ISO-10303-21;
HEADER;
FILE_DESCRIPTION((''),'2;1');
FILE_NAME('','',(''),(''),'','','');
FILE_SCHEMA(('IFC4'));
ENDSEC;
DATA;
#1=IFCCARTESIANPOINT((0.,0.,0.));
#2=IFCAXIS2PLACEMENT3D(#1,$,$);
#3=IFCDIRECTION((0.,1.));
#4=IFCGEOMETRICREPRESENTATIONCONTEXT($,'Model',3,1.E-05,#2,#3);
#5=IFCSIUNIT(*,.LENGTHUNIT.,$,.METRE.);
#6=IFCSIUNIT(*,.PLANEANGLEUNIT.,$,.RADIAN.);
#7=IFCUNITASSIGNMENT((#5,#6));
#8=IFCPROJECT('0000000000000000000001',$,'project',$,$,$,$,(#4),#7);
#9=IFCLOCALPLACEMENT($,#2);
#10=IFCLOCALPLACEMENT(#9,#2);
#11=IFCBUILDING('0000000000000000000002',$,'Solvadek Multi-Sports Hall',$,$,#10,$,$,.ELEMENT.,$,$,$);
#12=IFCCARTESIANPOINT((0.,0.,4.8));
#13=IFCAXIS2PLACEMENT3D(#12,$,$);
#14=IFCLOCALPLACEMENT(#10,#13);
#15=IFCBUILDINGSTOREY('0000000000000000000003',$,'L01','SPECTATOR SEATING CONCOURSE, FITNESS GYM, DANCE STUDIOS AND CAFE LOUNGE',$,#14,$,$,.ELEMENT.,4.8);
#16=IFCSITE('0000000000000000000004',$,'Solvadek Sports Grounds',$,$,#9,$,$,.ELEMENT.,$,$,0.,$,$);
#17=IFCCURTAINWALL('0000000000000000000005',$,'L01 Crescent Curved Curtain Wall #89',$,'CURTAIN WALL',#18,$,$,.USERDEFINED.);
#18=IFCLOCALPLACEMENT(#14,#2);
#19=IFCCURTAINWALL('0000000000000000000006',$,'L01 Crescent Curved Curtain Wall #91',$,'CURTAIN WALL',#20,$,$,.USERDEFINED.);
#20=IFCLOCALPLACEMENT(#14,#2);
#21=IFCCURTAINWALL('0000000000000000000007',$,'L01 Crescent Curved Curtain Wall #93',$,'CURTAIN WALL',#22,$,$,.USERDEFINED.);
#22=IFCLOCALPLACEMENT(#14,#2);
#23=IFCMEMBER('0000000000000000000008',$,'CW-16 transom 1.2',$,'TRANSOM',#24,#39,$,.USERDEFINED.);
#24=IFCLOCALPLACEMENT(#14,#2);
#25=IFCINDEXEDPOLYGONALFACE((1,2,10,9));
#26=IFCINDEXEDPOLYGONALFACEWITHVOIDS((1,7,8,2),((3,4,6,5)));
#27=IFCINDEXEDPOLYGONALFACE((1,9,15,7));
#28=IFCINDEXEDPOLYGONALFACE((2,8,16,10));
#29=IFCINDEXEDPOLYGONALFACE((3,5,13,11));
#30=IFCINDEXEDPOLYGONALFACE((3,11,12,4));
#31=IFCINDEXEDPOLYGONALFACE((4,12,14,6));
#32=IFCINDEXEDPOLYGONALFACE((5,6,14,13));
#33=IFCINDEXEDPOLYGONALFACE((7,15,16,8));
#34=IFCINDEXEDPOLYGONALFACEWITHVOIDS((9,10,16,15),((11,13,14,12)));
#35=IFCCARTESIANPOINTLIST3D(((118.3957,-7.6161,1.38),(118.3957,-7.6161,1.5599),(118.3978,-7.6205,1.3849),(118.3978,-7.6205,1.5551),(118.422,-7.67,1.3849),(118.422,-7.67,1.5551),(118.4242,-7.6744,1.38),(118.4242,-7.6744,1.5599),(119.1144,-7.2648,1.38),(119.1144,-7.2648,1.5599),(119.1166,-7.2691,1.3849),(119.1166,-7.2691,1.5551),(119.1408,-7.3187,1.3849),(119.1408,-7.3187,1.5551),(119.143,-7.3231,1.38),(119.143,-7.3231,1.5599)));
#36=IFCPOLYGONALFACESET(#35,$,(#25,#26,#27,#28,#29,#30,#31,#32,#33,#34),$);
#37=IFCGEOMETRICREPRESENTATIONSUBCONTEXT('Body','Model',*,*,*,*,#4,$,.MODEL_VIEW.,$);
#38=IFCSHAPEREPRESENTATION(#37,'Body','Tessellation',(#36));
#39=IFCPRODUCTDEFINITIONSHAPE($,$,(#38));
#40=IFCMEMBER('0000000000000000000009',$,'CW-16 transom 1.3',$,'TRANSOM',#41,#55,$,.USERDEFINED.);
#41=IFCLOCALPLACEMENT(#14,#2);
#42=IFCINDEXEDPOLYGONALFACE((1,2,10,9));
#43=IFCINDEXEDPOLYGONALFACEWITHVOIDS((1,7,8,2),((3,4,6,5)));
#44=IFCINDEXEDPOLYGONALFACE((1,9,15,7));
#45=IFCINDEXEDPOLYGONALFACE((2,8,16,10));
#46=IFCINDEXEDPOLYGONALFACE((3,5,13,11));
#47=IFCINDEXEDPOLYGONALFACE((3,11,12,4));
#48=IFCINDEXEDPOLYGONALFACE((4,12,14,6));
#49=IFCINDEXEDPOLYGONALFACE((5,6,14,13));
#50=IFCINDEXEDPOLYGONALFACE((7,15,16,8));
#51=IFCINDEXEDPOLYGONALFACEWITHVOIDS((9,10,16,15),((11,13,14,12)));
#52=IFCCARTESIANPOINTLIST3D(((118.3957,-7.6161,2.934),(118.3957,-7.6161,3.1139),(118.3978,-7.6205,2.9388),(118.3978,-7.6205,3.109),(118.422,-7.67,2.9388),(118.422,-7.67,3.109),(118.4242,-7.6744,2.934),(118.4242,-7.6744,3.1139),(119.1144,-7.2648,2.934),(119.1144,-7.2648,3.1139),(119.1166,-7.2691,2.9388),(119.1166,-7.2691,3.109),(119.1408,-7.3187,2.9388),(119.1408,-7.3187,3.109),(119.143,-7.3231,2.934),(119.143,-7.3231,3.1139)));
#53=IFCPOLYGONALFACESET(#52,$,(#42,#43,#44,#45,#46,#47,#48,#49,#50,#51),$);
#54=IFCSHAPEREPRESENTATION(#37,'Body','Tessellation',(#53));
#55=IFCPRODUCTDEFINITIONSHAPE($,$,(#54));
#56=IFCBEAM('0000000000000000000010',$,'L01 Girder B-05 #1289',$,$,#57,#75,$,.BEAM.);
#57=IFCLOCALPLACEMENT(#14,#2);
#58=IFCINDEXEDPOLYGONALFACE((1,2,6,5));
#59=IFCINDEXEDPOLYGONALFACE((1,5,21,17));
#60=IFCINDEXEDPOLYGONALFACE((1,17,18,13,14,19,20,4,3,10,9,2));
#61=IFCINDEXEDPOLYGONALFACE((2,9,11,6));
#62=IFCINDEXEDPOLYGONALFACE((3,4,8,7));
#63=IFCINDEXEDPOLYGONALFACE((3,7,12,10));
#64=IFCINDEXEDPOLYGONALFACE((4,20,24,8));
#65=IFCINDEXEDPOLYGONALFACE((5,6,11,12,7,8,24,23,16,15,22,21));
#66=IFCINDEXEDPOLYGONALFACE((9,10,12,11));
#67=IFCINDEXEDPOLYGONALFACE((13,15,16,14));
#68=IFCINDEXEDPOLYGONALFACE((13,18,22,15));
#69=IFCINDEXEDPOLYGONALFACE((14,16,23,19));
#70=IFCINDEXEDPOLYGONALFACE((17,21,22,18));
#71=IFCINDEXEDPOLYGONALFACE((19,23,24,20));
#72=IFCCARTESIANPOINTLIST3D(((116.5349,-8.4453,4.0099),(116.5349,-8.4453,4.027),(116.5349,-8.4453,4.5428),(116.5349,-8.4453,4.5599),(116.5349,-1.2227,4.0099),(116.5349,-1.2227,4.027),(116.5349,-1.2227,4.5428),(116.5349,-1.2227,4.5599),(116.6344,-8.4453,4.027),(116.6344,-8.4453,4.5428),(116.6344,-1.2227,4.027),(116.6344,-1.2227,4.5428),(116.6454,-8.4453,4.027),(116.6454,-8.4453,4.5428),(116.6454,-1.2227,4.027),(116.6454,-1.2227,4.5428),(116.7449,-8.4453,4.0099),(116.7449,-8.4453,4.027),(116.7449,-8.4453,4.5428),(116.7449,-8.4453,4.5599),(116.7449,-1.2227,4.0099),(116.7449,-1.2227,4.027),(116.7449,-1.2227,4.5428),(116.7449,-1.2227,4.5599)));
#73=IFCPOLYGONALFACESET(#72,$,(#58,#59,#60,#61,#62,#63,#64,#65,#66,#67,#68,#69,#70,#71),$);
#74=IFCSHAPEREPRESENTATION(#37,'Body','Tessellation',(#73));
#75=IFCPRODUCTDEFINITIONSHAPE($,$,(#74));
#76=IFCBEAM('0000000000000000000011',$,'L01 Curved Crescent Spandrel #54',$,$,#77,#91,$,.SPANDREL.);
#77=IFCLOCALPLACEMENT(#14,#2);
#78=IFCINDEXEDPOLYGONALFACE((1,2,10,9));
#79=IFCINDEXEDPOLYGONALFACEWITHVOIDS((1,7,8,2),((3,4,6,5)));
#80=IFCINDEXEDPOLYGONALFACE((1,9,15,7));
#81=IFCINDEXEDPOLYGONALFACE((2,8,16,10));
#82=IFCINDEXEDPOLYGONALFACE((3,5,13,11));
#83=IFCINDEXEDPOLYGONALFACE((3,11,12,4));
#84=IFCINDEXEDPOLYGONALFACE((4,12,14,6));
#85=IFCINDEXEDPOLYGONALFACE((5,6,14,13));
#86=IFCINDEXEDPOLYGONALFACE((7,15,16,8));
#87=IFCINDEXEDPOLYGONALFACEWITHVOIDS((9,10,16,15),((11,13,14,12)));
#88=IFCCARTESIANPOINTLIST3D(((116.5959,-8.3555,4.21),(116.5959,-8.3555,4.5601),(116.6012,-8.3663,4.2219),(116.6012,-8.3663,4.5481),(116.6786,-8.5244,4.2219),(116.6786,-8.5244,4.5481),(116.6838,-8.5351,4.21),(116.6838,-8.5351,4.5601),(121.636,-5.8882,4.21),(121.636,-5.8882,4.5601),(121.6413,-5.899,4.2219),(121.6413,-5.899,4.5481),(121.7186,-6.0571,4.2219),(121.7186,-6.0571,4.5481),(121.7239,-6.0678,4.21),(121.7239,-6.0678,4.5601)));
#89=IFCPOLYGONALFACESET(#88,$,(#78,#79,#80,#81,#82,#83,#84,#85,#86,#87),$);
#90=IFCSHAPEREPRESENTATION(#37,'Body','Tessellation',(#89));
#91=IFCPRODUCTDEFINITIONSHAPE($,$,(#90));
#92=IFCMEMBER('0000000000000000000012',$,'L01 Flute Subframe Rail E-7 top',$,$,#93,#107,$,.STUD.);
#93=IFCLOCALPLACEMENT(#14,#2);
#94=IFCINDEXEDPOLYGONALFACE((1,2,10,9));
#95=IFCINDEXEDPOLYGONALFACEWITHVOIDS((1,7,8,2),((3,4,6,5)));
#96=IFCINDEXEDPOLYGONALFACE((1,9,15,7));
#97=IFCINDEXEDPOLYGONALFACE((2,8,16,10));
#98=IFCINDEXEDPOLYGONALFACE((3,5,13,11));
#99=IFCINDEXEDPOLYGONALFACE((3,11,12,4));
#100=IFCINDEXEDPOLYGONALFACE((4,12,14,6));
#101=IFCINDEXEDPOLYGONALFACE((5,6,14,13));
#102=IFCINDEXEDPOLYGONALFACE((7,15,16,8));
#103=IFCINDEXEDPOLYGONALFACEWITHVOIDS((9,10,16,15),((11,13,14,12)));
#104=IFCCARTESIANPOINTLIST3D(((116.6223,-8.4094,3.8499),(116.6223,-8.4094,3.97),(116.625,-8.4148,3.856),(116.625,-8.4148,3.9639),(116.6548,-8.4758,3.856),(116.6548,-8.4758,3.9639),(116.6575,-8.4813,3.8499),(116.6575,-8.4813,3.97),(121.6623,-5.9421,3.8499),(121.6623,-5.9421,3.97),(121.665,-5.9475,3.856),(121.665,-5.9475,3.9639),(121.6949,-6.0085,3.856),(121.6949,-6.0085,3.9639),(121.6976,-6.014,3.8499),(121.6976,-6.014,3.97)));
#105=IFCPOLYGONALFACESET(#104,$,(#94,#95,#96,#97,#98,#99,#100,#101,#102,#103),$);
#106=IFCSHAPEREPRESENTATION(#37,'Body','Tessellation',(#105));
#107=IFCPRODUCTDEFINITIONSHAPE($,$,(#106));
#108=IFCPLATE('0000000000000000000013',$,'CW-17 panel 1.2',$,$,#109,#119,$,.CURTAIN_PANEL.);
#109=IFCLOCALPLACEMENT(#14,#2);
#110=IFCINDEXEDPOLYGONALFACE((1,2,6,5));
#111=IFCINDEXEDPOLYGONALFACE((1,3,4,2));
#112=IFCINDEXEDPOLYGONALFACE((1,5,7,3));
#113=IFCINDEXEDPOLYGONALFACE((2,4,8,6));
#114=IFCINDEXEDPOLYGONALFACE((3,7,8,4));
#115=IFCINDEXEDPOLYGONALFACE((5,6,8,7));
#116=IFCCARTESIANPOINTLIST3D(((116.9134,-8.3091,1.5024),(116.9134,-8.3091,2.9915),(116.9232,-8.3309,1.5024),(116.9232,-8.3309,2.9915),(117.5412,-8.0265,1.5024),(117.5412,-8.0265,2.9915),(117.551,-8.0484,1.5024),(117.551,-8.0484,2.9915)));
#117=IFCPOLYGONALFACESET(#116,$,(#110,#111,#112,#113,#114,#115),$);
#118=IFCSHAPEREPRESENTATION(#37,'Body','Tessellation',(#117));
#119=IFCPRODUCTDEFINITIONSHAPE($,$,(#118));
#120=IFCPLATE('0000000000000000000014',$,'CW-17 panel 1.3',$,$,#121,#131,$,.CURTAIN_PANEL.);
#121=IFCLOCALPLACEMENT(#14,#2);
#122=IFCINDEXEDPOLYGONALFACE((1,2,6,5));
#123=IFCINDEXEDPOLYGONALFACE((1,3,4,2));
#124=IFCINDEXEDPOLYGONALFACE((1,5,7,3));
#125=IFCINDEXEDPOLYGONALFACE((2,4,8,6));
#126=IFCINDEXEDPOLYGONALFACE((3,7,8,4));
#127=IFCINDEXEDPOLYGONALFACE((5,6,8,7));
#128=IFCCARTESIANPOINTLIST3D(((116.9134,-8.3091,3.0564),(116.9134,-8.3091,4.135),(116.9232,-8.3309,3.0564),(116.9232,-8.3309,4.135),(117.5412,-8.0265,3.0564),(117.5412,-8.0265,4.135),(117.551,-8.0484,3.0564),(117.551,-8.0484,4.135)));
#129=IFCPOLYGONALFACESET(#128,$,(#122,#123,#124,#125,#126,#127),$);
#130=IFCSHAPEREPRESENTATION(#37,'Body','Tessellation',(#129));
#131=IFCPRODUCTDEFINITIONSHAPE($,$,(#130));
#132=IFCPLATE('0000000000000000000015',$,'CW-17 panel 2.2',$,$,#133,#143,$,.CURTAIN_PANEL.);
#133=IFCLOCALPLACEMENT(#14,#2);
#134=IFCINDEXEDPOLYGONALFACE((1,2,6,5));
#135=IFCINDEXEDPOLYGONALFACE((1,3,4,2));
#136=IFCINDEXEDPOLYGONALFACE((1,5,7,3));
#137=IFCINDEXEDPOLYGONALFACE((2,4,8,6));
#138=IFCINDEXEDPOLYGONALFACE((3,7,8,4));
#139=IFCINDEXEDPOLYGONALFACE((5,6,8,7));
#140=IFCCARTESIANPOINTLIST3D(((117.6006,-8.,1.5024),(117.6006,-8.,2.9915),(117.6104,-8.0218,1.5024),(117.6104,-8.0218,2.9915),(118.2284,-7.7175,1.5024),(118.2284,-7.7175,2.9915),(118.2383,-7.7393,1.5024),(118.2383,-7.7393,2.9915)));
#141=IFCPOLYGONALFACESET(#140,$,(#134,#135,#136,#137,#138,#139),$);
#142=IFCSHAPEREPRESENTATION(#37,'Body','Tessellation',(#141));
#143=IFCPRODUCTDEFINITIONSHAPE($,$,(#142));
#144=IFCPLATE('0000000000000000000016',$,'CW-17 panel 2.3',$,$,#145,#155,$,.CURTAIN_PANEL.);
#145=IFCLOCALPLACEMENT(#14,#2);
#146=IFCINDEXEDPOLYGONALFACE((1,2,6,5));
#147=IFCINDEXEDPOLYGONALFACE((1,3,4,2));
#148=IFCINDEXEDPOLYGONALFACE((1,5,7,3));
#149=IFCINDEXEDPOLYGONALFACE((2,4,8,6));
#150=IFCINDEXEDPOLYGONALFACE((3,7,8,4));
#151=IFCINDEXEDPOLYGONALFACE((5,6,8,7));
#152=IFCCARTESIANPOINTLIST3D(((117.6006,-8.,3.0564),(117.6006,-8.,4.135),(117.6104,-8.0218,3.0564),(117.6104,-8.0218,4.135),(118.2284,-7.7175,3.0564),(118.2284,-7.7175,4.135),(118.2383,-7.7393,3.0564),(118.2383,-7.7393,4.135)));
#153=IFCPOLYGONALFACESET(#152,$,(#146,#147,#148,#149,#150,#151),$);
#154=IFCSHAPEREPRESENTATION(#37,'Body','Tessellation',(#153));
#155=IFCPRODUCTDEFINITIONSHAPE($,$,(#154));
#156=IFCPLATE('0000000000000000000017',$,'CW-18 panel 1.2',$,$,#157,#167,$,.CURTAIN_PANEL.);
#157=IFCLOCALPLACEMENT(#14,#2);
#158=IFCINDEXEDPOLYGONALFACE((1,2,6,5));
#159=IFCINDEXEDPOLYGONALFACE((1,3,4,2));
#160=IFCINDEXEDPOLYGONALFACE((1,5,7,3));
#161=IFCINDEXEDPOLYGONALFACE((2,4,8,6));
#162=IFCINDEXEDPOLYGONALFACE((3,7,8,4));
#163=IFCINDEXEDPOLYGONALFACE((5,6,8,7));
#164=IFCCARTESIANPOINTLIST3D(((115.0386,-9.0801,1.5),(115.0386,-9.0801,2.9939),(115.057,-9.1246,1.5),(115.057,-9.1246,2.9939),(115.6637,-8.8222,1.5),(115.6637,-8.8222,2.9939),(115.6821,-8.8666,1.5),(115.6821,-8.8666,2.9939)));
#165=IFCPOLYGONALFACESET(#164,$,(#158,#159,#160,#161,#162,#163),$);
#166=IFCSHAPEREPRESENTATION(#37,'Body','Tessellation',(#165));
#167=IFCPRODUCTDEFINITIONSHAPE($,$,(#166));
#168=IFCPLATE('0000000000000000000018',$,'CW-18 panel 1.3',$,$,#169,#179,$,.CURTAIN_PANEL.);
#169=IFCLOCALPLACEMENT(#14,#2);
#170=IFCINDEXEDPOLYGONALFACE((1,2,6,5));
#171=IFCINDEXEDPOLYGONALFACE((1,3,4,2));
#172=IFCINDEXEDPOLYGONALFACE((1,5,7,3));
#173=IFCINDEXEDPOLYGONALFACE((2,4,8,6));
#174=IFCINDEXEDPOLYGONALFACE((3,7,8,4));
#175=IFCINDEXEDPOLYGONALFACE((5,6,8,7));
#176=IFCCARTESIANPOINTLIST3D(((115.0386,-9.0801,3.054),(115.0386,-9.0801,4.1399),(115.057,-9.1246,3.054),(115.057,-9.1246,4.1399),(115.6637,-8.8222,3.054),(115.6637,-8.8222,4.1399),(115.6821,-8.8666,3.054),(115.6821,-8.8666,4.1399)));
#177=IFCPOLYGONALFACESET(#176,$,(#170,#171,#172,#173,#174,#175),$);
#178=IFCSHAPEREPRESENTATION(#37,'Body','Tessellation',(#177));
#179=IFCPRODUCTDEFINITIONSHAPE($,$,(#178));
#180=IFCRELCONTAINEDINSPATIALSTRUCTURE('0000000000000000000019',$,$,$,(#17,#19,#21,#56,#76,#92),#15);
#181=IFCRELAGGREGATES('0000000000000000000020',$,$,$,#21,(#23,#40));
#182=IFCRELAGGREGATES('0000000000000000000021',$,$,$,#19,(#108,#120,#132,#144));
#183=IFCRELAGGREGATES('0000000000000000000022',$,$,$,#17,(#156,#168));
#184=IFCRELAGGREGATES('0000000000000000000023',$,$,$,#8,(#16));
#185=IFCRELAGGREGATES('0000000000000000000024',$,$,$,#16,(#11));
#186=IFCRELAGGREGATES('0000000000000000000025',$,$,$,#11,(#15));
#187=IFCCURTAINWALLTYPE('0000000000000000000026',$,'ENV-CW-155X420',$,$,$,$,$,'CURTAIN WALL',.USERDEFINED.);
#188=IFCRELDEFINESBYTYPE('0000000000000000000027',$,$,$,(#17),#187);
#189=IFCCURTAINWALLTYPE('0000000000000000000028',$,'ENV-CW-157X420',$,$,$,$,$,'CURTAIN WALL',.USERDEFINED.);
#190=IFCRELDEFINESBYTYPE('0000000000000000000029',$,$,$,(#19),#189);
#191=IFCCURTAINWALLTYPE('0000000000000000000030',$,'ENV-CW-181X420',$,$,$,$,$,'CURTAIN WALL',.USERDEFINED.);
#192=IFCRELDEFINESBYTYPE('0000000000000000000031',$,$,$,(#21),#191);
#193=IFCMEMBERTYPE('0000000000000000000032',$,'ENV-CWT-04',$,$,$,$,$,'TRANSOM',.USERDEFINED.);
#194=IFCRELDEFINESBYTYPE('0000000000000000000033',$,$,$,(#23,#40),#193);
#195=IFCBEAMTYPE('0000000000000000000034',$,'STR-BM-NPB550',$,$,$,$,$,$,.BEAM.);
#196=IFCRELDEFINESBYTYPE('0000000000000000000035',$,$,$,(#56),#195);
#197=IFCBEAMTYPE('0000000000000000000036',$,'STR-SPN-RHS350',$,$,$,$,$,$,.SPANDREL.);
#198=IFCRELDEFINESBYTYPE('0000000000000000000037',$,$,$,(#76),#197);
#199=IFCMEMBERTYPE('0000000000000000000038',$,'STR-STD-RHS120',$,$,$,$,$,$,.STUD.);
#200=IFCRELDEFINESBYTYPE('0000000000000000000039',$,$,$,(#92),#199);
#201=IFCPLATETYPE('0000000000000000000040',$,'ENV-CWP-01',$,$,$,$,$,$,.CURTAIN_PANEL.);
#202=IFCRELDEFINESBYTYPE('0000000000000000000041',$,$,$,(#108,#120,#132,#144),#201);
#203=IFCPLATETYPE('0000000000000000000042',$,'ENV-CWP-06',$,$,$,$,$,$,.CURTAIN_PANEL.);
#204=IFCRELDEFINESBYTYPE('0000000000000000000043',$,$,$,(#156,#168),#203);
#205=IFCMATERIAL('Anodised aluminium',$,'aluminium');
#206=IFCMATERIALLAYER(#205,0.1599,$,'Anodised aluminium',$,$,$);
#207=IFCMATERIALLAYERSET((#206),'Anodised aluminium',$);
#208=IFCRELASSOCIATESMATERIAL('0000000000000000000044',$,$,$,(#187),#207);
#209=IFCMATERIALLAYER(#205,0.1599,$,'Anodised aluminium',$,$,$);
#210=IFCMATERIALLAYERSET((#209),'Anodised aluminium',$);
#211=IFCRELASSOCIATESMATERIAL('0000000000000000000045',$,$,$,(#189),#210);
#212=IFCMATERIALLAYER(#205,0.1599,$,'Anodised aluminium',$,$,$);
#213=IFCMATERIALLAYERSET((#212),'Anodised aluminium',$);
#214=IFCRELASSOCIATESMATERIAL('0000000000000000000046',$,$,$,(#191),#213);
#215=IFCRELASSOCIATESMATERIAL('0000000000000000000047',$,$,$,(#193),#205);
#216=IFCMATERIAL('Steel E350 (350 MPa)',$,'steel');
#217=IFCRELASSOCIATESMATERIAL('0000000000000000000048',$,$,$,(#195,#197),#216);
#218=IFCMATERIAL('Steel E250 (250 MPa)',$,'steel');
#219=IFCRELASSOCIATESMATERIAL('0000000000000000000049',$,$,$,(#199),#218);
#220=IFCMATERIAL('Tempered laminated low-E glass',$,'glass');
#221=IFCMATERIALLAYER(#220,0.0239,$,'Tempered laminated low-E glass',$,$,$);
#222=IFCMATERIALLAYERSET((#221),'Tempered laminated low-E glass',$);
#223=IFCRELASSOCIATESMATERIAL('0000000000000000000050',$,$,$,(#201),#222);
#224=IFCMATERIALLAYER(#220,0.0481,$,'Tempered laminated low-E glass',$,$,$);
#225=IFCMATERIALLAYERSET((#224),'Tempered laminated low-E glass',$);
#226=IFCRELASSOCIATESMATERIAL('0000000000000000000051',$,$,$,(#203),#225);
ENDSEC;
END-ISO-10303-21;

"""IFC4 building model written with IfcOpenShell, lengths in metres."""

from ifc_helpers import new_model, si_unit, direction, frame, origin, origin_2d, place, context, subcontext, project, spatial, rectangle, hollow_rectangle, i_section, extrude, material, layer, layer_set, material_profile, profile_set, type_object, element, aggregate, save


model = new_model("IFC4")

# Units and contexts
model_context = context("Model", 3, precision=1e-05, world=origin(), true_north=direction((0.0, 1.0)))
body_context = subcontext(model_context, "Body", "Model", "MODEL_VIEW")
ifc_project = project(units=[si_unit("LENGTHUNIT", "METRE"), si_unit("PLANEANGLEUNIT", "RADIAN")], contexts=[model_context])

# Site, building, storey
site_placement = place(None, origin())
site = spatial("IfcSite", under=ifc_project, at=site_placement, Name="Solvadek Sports Grounds", CompositionType="ELEMENT", RefElevation=0.0)
building_placement = place(site_placement, origin())
building = spatial("IfcBuilding", under=site, at=building_placement, Name="Solvadek Multi-Sports Hall", CompositionType="ELEMENT")
storey_placement = place(building_placement, frame((0.0, 0.0, 4.8)))
storey = spatial("IfcBuildingStorey", under=building, at=storey_placement, Name="L01", Description="SPECTATOR SEATING CONCOURSE, FITNESS GYM, DANCE STUDIOS AND CAFE LOUNGE", CompositionType="ELEMENT", Elevation=4.8)

# Curtain walls, members
ifc_material_1 = material(Name="Anodised aluminium", Category="aluminium")
ifc_layer_1 = layer(ifc_material_1, 0.1599, Name="Anodised aluminium")
ifc_layer_set_1 = layer_set([ifc_layer_1], Name="Anodised aluminium")
curtain_wall_type_1 = type_object("IfcCurtainWallType", Name="ENV-CW-155X420", ElementType="CURTAIN WALL", PredefinedType="USERDEFINED", material=ifc_layer_set_1)
curtain_wall_1_placement = place(storey_placement, origin())
curtain_wall_1 = element("IfcCurtainWall", 1, at=curtain_wall_1_placement, inside=storey, type_object=curtain_wall_type_1, Name="L01 Crescent Curved Curtain Wall #89", ObjectType="CURTAIN WALL", PredefinedType="USERDEFINED")
ifc_layer_2 = layer(ifc_material_1, 0.1599, Name="Anodised aluminium")
ifc_layer_set_2 = layer_set([ifc_layer_2], Name="Anodised aluminium")
curtain_wall_type_2 = type_object("IfcCurtainWallType", Name="ENV-CW-157X420", ElementType="CURTAIN WALL", PredefinedType="USERDEFINED", material=ifc_layer_set_2)
curtain_wall_2_placement = place(storey_placement, origin())
curtain_wall_2 = element("IfcCurtainWall", 2, at=curtain_wall_2_placement, inside=storey, type_object=curtain_wall_type_2, Name="L01 Crescent Curved Curtain Wall #91", ObjectType="CURTAIN WALL", PredefinedType="USERDEFINED")
ifc_layer_3 = layer(ifc_material_1, 0.1599, Name="Anodised aluminium")
ifc_layer_set_3 = layer_set([ifc_layer_3], Name="Anodised aluminium")
curtain_wall_type_3 = type_object("IfcCurtainWallType", Name="ENV-CW-181X420", ElementType="CURTAIN WALL", PredefinedType="USERDEFINED", material=ifc_layer_set_3)
curtain_wall_3_placement = place(storey_placement, origin())
curtain_wall_3 = element("IfcCurtainWall", 3, at=curtain_wall_3_placement, inside=storey, type_object=curtain_wall_type_3, Name="L01 Crescent Curved Curtain Wall #93", ObjectType="CURTAIN WALL", PredefinedType="USERDEFINED")
ifc_material_profile_1 = material_profile(ifc_material_1, hollow_rectangle(XDim=0.0649, YDim=0.1799, WallThickness=0.0049, at=origin_2d()), Name="ALU-T 180x65x5")
ifc_profile_set_1 = profile_set([ifc_material_profile_1], Name="Anodised aluminium")
member_type_1 = type_object("IfcMemberType", Name="ENV-CWT-04", ElementType="TRANSOM", PredefinedType="USERDEFINED", material=ifc_profile_set_1)
member_1_placement = place(storey_placement, frame((118.4099, -7.6453, 1.47), z_axis=(0.898419, 0.439139, 0.0), x_axis=(-0.439139, 0.898419, 0.0)))
member_1 = element("IfcMember", 4, at=member_1_placement, type_object=member_type_1, Name="CW-16 transom 1.2", ObjectType="TRANSOM", PredefinedType="USERDEFINED", context=body_context, shape_type="SweptSolid", body=[
    extrude(hollow_rectangle(XDim=0.0649, YDim=0.1799, WallThickness=0.0049, at=origin_2d()), origin(), (0.0, 0.0, 1.0), 0.8),
])
member_2_placement = place(storey_placement, frame((118.4099, -7.6453, 3.0239), z_axis=(0.898419, 0.439139, 0.0), x_axis=(-0.439139, 0.898419, 0.0)))
member_2 = element("IfcMember", 5, at=member_2_placement, type_object=member_type_1, Name="CW-16 transom 1.3", ObjectType="TRANSOM", PredefinedType="USERDEFINED", context=body_context, shape_type="SweptSolid", body=[
    extrude(hollow_rectangle(XDim=0.0649, YDim=0.1799, WallThickness=0.0049, at=origin_2d()), origin(), (0.0, 0.0, 1.0), 0.8),
])
aggregate(curtain_wall_3, [member_1, member_2])

# Beams
ifc_material_2 = material(Name="Steel E350 (350 MPa)", Category="steel")
ifc_material_profile_2 = material_profile(ifc_material_2, i_section(OverallWidth=0.21, OverallDepth=0.55, WebThickness=0.011, FlangeThickness=0.0171, at=origin_2d()), Name="NPB 550")
ifc_profile_set_2 = profile_set([ifc_material_profile_2], Name="Steel E350 (350 MPa)")
beam_type_1 = type_object("IfcBeamType", Name="STR-BM-NPB550", PredefinedType="BEAM", material=ifc_profile_set_2)
beam_1_placement = place(storey_placement, frame((116.6399, -8.4453, 4.2849), z_axis=(0.0, 1.0, 0.0), x_axis=(-1.0, 0.0, 0.0)))
element("IfcBeam", 6, at=beam_1_placement, inside=storey, type_object=beam_type_1, Name="L01 Girder B-05 #1289", PredefinedType="BEAM", context=body_context, shape_type="SweptSolid", body=[
    extrude(i_section(OverallWidth=0.21, OverallDepth=0.55, WebThickness=0.011, FlangeThickness=0.0171, at=origin_2d()), origin(), (0.0, 0.0, 1.0), 7.2227),
])
ifc_material_profile_3 = material_profile(ifc_material_2, hollow_rectangle(XDim=0.2, YDim=0.3501, WallThickness=0.012, at=origin_2d()), Name="RHS 350x200x12")
ifc_profile_set_3 = profile_set([ifc_material_profile_3], Name="Steel E350 (350 MPa)")
beam_type_2 = type_object("IfcBeamType", Name="STR-SPN-RHS350", PredefinedType="SPANDREL", material=ifc_profile_set_3)
beam_2_placement = place(storey_placement, frame((116.6399, -8.4453, 4.385), z_axis=(0.898155, 0.43968, 0.0), x_axis=(-0.43968, 0.898155, 0.0)))
element("IfcBeam", 7, at=beam_2_placement, inside=storey, type_object=beam_type_2, Name="L01 Curved Crescent Spandrel #54", PredefinedType="SPANDREL", context=body_context, shape_type="SweptSolid", body=[
    extrude(hollow_rectangle(XDim=0.2, YDim=0.3501, WallThickness=0.012, at=origin_2d()), origin(), (0.0, 0.0, 1.0), 5.6116),
])

# Member
ifc_material_3 = material(Name="Steel E250 (250 MPa)", Category="steel")
ifc_material_profile_4 = material_profile(ifc_material_3, hollow_rectangle(XDim=0.0801, YDim=0.1201, WallThickness=0.0061, at=origin_2d()), Name="RHS 120x80x6")
ifc_profile_set_4 = profile_set([ifc_material_profile_4], Name="Steel E250 (250 MPa)")
member_type_2 = type_object("IfcMemberType", Name="STR-STD-RHS120", PredefinedType="STUD", material=ifc_profile_set_4)
member_3_placement = place(storey_placement, frame((116.6399, -8.4453, 3.9099), z_axis=(0.898155, 0.43968, 0.0), x_axis=(-0.43968, 0.898155, 0.0)))
element("IfcMember", 8, at=member_3_placement, inside=storey, type_object=member_type_2, Name="L01 Flute Subframe Rail E-7 top", PredefinedType="STUD", context=body_context, shape_type="SweptSolid", body=[
    extrude(hollow_rectangle(XDim=0.0801, YDim=0.1201, WallThickness=0.0061, at=origin_2d()), origin(), (0.0, 0.0, 1.0), 5.6116),
])

# Plates
ifc_material_4 = material(Name="Tempered laminated low-E glass", Category="glass")
ifc_layer_4 = layer(ifc_material_4, 0.0239, Name="Tempered laminated low-E glass")
ifc_layer_set_4 = layer_set([ifc_layer_4], Name="Tempered laminated low-E glass")
plate_type_1 = type_object("IfcPlateType", Name="ENV-CWP-01", PredefinedType="CURTAIN_PANEL", material=ifc_layer_set_4)
plate_1_placement = place(storey_placement, frame((117.2322, -8.1787, 1.5024), z_axis=(0.0, 0.0, 1.0), x_axis=(0.911913, 0.410383, 0.0)))
plate_1 = element("IfcPlate", 9, at=plate_1_placement, type_object=plate_type_1, Name="CW-17 panel 1.2", PredefinedType="CURTAIN_PANEL", context=body_context, shape_type="SweptSolid", body=[
    extrude(rectangle(XDim=0.6885, YDim=0.0239, at=origin_2d()), origin(), (0.0, 0.0, 1.0), 1.489),
])
plate_2_placement = place(storey_placement, frame((117.2322, -8.1787, 3.0564), z_axis=(0.0, 0.0, 1.0), x_axis=(0.911913, 0.410383, 0.0)))
plate_2 = element("IfcPlate", 10, at=plate_2_placement, type_object=plate_type_1, Name="CW-17 panel 1.3", PredefinedType="CURTAIN_PANEL", context=body_context, shape_type="SweptSolid", body=[
    extrude(rectangle(XDim=0.6885, YDim=0.0239, at=origin_2d()), origin(), (0.0, 0.0, 1.0), 1.0786),
])
plate_3_placement = place(storey_placement, frame((117.9194, -7.8696, 1.5024), z_axis=(0.0, 0.0, 1.0), x_axis=(0.911913, 0.410383, 0.0)))
plate_3 = element("IfcPlate", 11, at=plate_3_placement, type_object=plate_type_1, Name="CW-17 panel 2.2", PredefinedType="CURTAIN_PANEL", context=body_context, shape_type="SweptSolid", body=[
    extrude(rectangle(XDim=0.6885, YDim=0.0239, at=origin_2d()), origin(), (0.0, 0.0, 1.0), 1.489),
])
plate_4_placement = place(storey_placement, frame((117.9194, -7.8696, 3.0564), z_axis=(0.0, 0.0, 1.0), x_axis=(0.911913, 0.410383, 0.0)))
plate_4 = element("IfcPlate", 12, at=plate_4_placement, type_object=plate_type_1, Name="CW-17 panel 2.3", PredefinedType="CURTAIN_PANEL", context=body_context, shape_type="SweptSolid", body=[
    extrude(rectangle(XDim=0.6885, YDim=0.0239, at=origin_2d()), origin(), (0.0, 0.0, 1.0), 1.0786),
])
aggregate(curtain_wall_2, [plate_1, plate_2, plate_3, plate_4])
ifc_layer_5 = layer(ifc_material_4, 0.0481, Name="Tempered laminated low-E glass")
ifc_layer_set_5 = layer_set([ifc_layer_5], Name="Tempered laminated low-E glass")
plate_type_2 = type_object("IfcPlateType", Name="ENV-CWP-06", PredefinedType="CURTAIN_PANEL", material=ifc_layer_set_5)
plate_5_placement = place(storey_placement, frame((115.3604, -8.9734, 1.5), z_axis=(0.0, 0.0, 1.0), x_axis=(0.924379, 0.381475, 0.0)))
plate_5 = element("IfcPlate", 13, at=plate_5_placement, type_object=plate_type_2, Name="CW-18 panel 1.2", PredefinedType="CURTAIN_PANEL", context=body_context, shape_type="SweptSolid", body=[
    extrude(rectangle(XDim=0.6763, YDim=0.0481, at=origin_2d()), origin(), (0.0, 0.0, 1.0), 1.4939),
])
plate_6_placement = place(storey_placement, frame((115.3604, -8.9734, 3.054), z_axis=(0.0, 0.0, 1.0), x_axis=(0.924379, 0.381475, 0.0)))
plate_6 = element("IfcPlate", 14, at=plate_6_placement, type_object=plate_type_2, Name="CW-18 panel 1.3", PredefinedType="CURTAIN_PANEL", context=body_context, shape_type="SweptSolid", body=[
    extrude(rectangle(XDim=0.6763, YDim=0.0481, at=origin_2d()), origin(), (0.0, 0.0, 1.0), 1.0859),
])
aggregate(curtain_wall_1, [plate_5, plate_6])

save(model, "model.ifc")
